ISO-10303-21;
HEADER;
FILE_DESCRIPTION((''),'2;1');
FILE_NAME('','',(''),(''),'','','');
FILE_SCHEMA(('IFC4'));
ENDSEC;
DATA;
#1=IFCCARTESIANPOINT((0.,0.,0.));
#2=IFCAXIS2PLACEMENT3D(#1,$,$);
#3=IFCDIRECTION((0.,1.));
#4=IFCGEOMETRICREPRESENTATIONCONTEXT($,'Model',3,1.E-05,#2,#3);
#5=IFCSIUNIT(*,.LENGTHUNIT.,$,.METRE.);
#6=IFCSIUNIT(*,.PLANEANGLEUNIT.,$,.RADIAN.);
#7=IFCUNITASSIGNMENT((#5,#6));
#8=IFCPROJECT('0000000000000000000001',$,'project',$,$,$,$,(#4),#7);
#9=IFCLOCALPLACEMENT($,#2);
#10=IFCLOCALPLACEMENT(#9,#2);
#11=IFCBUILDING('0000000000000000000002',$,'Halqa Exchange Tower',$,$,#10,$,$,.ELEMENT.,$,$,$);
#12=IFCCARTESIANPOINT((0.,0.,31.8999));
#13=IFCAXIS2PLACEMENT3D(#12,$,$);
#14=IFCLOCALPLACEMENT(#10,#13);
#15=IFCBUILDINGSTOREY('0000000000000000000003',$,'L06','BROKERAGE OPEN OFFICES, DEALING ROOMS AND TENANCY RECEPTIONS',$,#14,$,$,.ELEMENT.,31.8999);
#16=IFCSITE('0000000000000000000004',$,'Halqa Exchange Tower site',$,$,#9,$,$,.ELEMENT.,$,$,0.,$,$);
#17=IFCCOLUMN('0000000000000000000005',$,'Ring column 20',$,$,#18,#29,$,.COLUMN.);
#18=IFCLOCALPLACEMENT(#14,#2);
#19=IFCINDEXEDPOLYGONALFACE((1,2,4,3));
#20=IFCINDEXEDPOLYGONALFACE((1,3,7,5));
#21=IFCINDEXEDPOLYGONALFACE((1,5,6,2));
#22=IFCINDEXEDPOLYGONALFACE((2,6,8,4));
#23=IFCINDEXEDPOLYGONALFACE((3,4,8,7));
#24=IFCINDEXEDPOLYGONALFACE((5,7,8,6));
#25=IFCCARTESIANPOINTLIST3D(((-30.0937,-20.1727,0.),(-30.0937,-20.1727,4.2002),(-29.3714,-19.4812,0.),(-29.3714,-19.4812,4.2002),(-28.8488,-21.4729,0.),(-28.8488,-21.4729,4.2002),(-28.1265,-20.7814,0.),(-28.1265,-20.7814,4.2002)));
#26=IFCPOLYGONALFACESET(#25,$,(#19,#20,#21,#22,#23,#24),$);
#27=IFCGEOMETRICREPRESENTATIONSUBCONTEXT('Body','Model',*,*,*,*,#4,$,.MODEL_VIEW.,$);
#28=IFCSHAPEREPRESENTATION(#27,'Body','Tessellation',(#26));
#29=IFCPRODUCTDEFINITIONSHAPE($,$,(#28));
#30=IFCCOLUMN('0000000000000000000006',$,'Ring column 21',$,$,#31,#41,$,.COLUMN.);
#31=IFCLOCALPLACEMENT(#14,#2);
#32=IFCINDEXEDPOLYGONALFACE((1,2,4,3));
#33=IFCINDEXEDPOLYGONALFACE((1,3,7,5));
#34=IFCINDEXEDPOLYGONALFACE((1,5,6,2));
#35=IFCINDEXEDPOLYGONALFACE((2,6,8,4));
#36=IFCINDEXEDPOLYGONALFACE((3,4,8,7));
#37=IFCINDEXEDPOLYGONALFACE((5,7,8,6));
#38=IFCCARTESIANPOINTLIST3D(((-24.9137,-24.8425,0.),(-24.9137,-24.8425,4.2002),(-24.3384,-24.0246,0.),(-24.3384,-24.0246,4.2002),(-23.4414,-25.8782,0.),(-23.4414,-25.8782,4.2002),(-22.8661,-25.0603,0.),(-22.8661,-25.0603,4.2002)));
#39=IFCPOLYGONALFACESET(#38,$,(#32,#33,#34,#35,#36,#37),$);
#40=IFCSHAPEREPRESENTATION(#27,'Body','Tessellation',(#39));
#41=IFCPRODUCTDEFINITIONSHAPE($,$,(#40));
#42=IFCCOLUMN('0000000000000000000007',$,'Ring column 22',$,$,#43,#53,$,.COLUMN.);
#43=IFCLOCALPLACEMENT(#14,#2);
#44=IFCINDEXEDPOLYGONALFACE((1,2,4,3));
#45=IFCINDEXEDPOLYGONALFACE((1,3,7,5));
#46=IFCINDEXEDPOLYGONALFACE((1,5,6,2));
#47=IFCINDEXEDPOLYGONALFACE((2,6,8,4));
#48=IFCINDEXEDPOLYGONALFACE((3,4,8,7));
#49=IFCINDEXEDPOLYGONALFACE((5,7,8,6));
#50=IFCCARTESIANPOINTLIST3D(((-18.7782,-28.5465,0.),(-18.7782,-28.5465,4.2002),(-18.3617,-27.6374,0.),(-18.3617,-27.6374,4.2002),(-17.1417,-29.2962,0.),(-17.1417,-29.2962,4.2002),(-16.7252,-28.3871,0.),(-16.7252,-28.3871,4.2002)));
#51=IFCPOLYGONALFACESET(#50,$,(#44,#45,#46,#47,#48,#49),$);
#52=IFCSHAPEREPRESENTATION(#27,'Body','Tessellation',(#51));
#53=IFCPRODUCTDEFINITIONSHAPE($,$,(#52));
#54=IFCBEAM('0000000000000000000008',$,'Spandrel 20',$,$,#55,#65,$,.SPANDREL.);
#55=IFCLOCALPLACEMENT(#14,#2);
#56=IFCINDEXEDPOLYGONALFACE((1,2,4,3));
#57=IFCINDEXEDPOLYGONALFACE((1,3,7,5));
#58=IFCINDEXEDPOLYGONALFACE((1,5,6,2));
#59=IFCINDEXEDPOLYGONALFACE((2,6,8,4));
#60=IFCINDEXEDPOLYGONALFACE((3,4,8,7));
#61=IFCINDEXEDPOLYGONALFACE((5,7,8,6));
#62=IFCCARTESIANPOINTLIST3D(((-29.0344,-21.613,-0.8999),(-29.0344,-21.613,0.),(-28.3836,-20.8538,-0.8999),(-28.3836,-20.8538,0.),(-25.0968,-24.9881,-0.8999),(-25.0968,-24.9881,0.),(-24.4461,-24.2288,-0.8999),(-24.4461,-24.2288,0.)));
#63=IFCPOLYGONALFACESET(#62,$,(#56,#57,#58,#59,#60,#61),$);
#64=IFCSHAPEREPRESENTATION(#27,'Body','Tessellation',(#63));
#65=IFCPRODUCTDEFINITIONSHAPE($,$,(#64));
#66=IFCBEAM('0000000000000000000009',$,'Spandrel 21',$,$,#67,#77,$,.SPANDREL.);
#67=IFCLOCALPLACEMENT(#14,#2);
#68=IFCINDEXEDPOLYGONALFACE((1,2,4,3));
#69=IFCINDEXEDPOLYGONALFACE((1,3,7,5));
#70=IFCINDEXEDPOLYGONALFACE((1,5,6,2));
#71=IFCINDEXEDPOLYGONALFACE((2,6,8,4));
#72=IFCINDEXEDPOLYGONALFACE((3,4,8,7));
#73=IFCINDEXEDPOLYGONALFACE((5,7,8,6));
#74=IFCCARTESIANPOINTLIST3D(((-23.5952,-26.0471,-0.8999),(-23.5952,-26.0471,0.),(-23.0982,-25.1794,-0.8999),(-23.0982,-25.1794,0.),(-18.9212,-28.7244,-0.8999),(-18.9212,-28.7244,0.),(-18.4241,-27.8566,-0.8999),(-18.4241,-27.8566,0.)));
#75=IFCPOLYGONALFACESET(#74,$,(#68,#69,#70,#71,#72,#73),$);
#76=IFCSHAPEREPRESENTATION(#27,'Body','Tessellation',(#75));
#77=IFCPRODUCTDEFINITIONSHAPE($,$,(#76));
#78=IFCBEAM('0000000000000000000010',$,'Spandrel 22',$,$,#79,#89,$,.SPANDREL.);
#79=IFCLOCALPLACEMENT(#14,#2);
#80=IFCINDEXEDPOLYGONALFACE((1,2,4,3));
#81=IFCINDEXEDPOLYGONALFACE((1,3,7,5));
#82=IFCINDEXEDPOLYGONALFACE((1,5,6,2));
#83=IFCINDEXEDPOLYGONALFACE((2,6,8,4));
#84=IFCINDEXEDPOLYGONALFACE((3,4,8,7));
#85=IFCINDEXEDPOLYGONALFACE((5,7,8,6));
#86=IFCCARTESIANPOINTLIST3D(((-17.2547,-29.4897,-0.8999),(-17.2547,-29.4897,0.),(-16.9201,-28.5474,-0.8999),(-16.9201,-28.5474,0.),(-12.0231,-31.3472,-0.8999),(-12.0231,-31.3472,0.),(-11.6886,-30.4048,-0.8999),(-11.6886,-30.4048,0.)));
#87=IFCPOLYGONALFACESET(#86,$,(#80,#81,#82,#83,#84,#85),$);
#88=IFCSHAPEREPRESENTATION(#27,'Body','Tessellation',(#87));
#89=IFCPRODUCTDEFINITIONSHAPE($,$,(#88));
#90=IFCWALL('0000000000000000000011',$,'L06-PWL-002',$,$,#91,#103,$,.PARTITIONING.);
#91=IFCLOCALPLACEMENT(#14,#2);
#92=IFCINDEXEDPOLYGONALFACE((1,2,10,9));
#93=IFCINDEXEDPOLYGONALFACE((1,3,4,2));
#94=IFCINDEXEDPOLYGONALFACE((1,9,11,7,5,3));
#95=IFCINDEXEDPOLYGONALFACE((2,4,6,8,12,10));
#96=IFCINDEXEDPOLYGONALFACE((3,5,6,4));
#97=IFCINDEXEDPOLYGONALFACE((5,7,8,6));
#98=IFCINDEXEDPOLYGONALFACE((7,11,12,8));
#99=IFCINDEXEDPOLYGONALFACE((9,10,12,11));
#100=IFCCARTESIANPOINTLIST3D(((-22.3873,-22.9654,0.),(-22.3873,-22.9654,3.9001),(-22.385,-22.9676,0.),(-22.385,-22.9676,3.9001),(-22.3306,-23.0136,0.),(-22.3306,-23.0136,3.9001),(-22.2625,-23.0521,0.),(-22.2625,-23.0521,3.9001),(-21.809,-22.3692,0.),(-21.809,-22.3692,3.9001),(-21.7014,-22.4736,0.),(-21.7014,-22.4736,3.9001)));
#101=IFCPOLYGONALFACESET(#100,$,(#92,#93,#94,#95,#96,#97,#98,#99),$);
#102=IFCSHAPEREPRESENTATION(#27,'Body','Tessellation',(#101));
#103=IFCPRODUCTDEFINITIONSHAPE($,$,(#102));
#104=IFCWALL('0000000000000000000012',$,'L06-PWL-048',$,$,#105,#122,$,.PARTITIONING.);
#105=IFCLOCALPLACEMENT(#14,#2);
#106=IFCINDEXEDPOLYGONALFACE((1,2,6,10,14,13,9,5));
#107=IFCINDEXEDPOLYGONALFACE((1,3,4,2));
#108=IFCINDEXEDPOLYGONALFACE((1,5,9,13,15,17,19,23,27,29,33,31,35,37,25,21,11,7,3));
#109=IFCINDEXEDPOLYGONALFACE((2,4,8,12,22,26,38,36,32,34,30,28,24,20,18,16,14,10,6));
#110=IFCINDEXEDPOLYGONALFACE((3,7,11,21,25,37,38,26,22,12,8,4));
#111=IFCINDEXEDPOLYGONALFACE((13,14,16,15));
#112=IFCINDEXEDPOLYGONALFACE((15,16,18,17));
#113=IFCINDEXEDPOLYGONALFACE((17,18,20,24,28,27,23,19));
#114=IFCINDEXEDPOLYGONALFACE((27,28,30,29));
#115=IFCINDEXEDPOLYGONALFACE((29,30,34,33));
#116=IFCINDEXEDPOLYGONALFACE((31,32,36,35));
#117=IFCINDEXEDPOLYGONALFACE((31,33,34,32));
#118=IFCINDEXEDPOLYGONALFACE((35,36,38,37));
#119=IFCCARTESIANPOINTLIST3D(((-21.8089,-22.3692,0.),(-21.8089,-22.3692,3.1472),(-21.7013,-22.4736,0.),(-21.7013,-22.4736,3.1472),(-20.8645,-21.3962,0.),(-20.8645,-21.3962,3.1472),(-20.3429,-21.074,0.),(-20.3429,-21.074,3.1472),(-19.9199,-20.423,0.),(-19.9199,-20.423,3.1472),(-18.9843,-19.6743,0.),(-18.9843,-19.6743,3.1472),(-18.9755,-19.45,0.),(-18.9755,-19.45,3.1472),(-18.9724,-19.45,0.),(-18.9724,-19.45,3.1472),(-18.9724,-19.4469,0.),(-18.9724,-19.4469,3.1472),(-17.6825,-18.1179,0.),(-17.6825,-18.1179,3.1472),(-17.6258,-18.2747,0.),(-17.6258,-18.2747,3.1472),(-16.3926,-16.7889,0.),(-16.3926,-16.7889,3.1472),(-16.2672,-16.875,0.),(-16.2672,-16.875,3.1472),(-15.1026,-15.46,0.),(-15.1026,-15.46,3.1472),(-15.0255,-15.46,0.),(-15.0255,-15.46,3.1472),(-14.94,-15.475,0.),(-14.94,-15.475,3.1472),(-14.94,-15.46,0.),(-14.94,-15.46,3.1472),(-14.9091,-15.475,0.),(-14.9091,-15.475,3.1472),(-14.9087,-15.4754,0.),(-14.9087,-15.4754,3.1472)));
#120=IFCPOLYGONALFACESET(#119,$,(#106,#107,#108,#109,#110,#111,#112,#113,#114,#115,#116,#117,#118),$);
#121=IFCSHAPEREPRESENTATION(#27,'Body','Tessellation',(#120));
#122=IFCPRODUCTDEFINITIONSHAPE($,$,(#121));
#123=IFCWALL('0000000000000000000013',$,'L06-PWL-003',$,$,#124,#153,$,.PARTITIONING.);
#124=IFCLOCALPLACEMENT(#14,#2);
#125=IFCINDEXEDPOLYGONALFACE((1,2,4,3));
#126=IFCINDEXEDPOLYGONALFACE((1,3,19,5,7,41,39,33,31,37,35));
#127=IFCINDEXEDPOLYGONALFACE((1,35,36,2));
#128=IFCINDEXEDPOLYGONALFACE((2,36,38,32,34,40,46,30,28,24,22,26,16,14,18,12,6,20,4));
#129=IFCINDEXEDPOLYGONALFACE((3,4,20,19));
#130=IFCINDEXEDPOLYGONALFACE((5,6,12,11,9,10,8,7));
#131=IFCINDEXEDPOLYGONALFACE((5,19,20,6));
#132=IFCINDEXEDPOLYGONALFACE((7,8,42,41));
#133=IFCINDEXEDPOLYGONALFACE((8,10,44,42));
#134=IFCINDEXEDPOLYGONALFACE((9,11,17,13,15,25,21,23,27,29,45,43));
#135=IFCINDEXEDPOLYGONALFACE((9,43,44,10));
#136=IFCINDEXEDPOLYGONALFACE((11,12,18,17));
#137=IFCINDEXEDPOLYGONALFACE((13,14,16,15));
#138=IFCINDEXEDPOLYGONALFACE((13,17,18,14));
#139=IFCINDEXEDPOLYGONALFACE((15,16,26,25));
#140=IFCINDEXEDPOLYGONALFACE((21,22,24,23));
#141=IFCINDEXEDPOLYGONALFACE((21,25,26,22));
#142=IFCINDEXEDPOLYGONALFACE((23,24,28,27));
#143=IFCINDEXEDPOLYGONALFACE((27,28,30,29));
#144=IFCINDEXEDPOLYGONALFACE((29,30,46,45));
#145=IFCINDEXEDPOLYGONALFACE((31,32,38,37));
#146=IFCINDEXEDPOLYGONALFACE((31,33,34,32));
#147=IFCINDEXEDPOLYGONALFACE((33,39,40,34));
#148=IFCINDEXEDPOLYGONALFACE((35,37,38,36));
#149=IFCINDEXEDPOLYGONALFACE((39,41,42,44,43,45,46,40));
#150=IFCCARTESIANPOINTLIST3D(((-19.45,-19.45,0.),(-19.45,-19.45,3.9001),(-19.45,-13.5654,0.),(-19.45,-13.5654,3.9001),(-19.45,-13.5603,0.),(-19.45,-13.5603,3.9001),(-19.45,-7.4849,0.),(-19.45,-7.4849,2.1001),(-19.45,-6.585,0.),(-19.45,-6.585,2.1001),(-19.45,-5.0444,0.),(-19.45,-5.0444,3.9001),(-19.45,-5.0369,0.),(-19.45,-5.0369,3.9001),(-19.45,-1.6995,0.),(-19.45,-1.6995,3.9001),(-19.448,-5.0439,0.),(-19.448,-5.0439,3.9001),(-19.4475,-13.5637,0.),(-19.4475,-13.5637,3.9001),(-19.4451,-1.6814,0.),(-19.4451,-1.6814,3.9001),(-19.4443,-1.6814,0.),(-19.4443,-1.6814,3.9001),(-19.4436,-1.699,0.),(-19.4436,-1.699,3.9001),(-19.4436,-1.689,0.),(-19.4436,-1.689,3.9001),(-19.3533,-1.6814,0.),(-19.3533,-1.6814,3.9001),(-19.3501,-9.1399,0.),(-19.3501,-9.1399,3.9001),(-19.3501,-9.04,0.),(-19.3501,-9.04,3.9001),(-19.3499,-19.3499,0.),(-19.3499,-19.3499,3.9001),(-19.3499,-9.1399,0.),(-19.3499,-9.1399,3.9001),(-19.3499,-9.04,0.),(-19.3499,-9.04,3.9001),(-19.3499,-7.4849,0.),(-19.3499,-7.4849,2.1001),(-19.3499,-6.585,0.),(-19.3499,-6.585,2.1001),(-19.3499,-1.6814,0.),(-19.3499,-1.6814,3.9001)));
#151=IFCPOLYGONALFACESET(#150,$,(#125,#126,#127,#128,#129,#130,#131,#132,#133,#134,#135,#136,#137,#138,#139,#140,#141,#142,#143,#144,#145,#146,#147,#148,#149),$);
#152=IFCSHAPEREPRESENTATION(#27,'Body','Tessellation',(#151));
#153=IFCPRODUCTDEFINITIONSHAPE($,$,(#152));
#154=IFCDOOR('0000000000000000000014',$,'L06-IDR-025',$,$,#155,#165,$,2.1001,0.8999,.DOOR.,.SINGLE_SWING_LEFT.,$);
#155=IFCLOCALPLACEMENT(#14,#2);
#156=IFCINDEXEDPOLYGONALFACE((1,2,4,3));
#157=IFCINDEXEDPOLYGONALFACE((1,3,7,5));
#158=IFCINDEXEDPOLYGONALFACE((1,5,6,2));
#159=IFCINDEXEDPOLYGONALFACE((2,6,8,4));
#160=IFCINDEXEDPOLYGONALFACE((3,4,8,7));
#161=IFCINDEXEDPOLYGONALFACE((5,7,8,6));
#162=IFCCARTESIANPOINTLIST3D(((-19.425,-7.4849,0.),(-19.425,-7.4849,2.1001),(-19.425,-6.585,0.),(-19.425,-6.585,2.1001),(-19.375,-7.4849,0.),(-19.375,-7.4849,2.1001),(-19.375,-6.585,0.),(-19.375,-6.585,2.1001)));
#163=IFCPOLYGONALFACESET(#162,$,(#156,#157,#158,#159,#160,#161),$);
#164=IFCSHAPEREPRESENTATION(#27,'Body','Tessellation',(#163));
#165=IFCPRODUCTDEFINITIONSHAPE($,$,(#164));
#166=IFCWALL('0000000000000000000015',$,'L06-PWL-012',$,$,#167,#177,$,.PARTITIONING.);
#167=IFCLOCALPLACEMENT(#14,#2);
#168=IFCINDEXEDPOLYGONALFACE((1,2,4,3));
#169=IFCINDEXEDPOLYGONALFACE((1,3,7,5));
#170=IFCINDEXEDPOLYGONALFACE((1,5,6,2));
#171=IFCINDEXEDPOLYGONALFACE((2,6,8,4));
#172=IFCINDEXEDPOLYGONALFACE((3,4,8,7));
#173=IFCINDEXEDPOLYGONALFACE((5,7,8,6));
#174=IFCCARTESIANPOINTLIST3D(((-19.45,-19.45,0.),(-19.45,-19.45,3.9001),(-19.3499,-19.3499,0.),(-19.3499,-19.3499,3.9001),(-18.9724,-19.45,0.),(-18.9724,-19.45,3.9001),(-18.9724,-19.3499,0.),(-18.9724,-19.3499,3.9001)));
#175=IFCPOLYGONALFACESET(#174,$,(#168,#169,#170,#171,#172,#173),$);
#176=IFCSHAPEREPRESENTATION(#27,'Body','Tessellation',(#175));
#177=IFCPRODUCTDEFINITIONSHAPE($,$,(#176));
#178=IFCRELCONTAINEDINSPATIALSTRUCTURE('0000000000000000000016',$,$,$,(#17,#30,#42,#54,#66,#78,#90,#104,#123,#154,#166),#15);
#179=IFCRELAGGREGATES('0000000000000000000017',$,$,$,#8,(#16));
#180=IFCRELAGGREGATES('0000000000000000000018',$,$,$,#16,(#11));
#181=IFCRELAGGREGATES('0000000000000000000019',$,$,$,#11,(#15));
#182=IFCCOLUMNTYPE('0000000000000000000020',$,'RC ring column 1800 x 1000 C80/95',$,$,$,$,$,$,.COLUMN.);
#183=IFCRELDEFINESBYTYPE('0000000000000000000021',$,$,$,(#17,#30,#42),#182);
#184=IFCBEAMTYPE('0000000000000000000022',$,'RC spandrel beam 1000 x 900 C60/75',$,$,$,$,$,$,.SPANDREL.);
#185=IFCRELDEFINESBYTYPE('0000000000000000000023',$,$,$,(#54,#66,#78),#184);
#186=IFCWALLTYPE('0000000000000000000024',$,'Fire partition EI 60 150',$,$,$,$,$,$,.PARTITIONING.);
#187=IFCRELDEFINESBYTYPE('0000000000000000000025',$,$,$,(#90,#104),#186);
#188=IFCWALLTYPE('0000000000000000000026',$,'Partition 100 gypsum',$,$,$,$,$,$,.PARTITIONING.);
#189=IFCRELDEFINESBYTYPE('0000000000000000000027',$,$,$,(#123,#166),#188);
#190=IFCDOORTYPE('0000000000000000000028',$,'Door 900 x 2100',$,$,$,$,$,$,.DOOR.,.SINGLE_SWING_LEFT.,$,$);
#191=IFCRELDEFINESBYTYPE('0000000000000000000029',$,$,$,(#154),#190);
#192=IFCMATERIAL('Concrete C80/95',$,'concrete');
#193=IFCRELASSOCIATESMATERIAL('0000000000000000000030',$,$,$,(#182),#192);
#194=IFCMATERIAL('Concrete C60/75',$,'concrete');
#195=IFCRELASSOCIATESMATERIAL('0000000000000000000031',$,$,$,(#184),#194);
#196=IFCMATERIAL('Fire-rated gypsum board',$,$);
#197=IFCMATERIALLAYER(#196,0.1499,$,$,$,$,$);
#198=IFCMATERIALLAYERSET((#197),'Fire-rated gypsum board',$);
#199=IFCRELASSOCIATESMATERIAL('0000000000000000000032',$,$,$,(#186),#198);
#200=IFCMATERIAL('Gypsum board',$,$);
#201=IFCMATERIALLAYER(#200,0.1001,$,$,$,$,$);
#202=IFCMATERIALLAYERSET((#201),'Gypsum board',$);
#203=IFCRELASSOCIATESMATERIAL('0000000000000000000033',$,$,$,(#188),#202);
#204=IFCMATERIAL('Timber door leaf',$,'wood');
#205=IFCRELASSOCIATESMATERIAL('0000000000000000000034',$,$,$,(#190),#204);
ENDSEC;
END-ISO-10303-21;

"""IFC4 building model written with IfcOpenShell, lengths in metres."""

from ifc_helpers import new_model, si_unit, direction, frame, frame_2d, origin, origin_2d, place, context, subcontext, project, spatial, polyline, rectangle, outline, extrude, material, layer, layer_set, material_profile, profile_set, type_object, element, fill, save


model = new_model("IFC4")

# Units and contexts
model_context = context("Model", 3, precision=1e-05, world=origin(), true_north=direction((0.0, 1.0)))
body_context = subcontext(model_context, "Body", "Model", "MODEL_VIEW")
ifc_project = project(units=[si_unit("LENGTHUNIT", "METRE"), si_unit("PLANEANGLEUNIT", "RADIAN")], contexts=[model_context])

# Site, building, storey
site_placement = place(None, origin())
site = spatial("IfcSite", under=ifc_project, at=site_placement, Name="Halqa Exchange Tower site", CompositionType="ELEMENT", RefElevation=0.0)
building_placement = place(site_placement, origin())
building = spatial("IfcBuilding", under=site, at=building_placement, Name="Halqa Exchange Tower", CompositionType="ELEMENT")
storey_placement = place(building_placement, frame((0.0, 0.0, 31.8999)))
storey = spatial("IfcBuildingStorey", under=building, at=storey_placement, Name="L06", Description="BROKERAGE OPEN OFFICES, DEALING ROOMS AND TENANCY RECEPTIONS", CompositionType="ELEMENT", Elevation=31.8999)

# Columns
ifc_material_1 = material(Name="Concrete C80/95", Category="concrete")
ifc_material_profile_1 = material_profile(ifc_material_1, rectangle(XDim=1.8, YDim=1.0, at=origin_2d()), Name="1800 x 1000")
ifc_profile_set_1 = profile_set([ifc_material_profile_1], Name="Concrete C80/95")
column_type = type_object("IfcColumnType", Name="RC ring column 1800 x 1000 C80/95", PredefinedType="COLUMN", material=ifc_profile_set_1)
for number, where, z_axis, x_axis, name in (
    (1, (-29.1101, -20.4771, 0.0), (0.0, 0.0, 1.0), (0.691575, -0.722305, 0.0), "Ring column 20"),
    (2, (-23.8899, -24.9514, 0.0), (0.0, 0.0, 1.0), (0.817912, -0.575344, 0.0), "Ring column 21"),
    (3, (-17.7517, -28.4668, 0.0), (0.0, 0.0, 1.0), (0.909128, -0.416517, 0.0), "Ring column 22"),
):
    element("IfcColumn", number, at=place(storey_placement, frame(where, z_axis=z_axis, x_axis=x_axis)), inside=storey, type_object=column_type, Name=name, PredefinedType="COLUMN", context=body_context, shape_type="SweptSolid", body=[
        extrude(rectangle(XDim=1.8, YDim=1.0, at=origin_2d()), origin(), (0.0, 0.0, 1.0), 4.2002),
    ])

# Beams
ifc_material_2 = material(Name="Concrete C60/75", Category="concrete")
ifc_material_profile_2 = material_profile(ifc_material_2, rectangle(XDim=1.0, YDim=0.8999, at=origin_2d()), Name="1000 x 900")
ifc_profile_set_2 = profile_set([ifc_material_profile_2], Name="Concrete C60/75")
beam_type = type_object("IfcBeamType", Name="RC spandrel beam 1000 x 900 C60/75", PredefinedType="SPANDREL", material=ifc_profile_set_2)
beam_1_placement = place(storey_placement, frame((-28.709, -21.2334, -0.45), z_axis=(0.759257, -0.650791, 0.0), x_axis=(0.650791, 0.759257, 0.0)))
element("IfcBeam", 4, at=beam_1_placement, inside=storey, type_object=beam_type, Name="Spandrel 20", PredefinedType="SPANDREL", context=body_context, shape_type="SweptSolid", body=[
    extrude(rectangle(XDim=1.0, YDim=0.8999, at=origin_2d()), origin(), (0.0, 0.0, 1.0), 5.186),
])
beam_2_placement = place(storey_placement, frame((-23.3467, -25.6133, -0.45), z_axis=(0.867735, -0.497027, 0.0), x_axis=(0.497027, 0.867735, 0.0)))
element("IfcBeam", 5, at=beam_2_placement, inside=storey, type_object=beam_type, Name="Spandrel 21", PredefinedType="SPANDREL", context=body_context, shape_type="SweptSolid", body=[
    extrude(rectangle(XDim=1.0, YDim=0.8999, at=origin_2d()), origin(), (0.0, 0.0, 1.0), 5.3865),
])
beam_3_placement = place(storey_placement, frame((-17.0874, -29.0186, -0.45), z_axis=(0.942365, -0.334586, 0.0), x_axis=(0.334586, 0.942365, 0.0)))
element("IfcBeam", 6, at=beam_3_placement, inside=storey, type_object=beam_type, Name="Spandrel 22", PredefinedType="SPANDREL", context=body_context, shape_type="SweptSolid", body=[
    extrude(rectangle(XDim=1.0, YDim=0.8999, at=origin_2d()), origin(), (0.0, 0.0, 1.0), 5.5515),
])

# Walls
ifc_material_3 = material(Name="Fire-rated gypsum board")
ifc_layer_1 = layer(ifc_material_3, 0.1499)
ifc_layer_set_1 = layer_set([ifc_layer_1], Name="Fire-rated gypsum board")
wall_type_1 = type_object("IfcWallType", Name="Fire partition EI 60 150", PredefinedType="PARTITIONING", material=ifc_layer_set_1)
wall_1_placement = place(storey_placement, frame((-22.3335, -23.0176, 0.0), z_axis=(0.0, 0.0, 1.0), x_axis=(0.696297, 0.717753, 0.0)))
element("IfcWall", 7, at=wall_1_placement, inside=storey, type_object=wall_type_1, Name="L06-PWL-002", PredefinedType="PARTITIONING", context=body_context, shape_type="SweptSolid", body=[
    extrude(outline(polyline([(0.0, 0.075), (0.0, 0.0718), (0.0049, 0.0007), (0.0247, -0.075), (0.8306, -0.075), (0.8306, 0.075), (0.0, 0.075)])), origin(), (0.0, 0.0, 1.0), 3.9001),
])
wall_2_placement = place(storey_placement, frame((-21.7551, -22.4214, 0.0), z_axis=(0.0, 0.0, 1.0), x_axis=(0.696489, 0.717567, 0.0)))
element("IfcWall", 8, at=wall_2_placement, inside=storey, type_object=wall_type_1, Name="L06-PWL-048", PredefinedType="PARTITIONING", context=body_context, shape_type="SweptSolid", body=[
    extrude(outline(polyline([(9.7527, -0.075), (9.7527, -0.0745), (9.7312, -0.0522), (9.7419, -0.0417), (9.6824, 0.0195), (9.6824, 0.0195), (9.6287, 0.075), (7.7766, 0.075), (5.9246, 0.075), (4.0725, 0.075), (4.0703, 0.0728), (4.0681, 0.075), (2.7122, 0.075), (1.356, 0.075), (0.0, 0.075), (0.0, -0.075), (1.9504, -0.075), (3.9011, -0.075), (5.8516, -0.075), (7.8022, -0.075), (9.7527, -0.075)])), origin(), (0.0, 0.0, 1.0), 3.1472),
])

# Wall, opening, door
ifc_material_4 = material(Name="Gypsum board")
ifc_layer_2 = layer(ifc_material_4, 0.1001)
ifc_layer_set_2 = layer_set([ifc_layer_2], Name="Gypsum board")
wall_type_2 = type_object("IfcWallType", Name="Partition 100 gypsum", PredefinedType="PARTITIONING", material=ifc_layer_set_2)
wall_3_placement = place(storey_placement, frame((-19.3999, -19.45, 0.0), z_axis=(0.0, 0.0, 1.0), x_axis=(0.0, 1.0, 0.0)))
wall_3 = element("IfcWall", 9, at=wall_3_placement, inside=storey, type_object=wall_type_2, Name="L06-PWL-003", PredefinedType="PARTITIONING", context=body_context, shape_type="SweptSolid", body=[
    extrude(outline(polyline([(0.1001, -0.05), (1.8018, -0.05), (3.5034, -0.05), (5.2051, -0.05), (6.9067, -0.05), (8.6084, -0.05), (10.3101, -0.05), (10.3101, -0.0498), (10.4099, -0.0498), (10.4099, -0.05), (12.2495, -0.05), (14.0894, -0.05), (15.929, -0.05), (17.7686, -0.05), (17.7686, -0.0466), (17.761, 0.0437), (17.7686, 0.0444), (17.7686, 0.0452), (17.751, 0.0437), (17.7505, 0.05), (16.0818, 0.05), (14.4131, 0.05), (14.406, 0.0481), (14.4055, 0.05), (12.7024, 0.05), (10.9993, 0.05), (9.2959, 0.05), (7.5928, 0.05), (5.8896, 0.05), (5.8862, 0.0476), (5.8845, 0.05), (3.9229, 0.05), (1.9614, 0.05), (0.0, 0.05), (0.0999, -0.0498), (0.1001, -0.05)])), origin(), (0.0, 0.0, 1.0), 3.9001),
])
opening_1_placement = place(wall_3_placement, frame((11.9651, 0.0, 0.0)))
opening_1 = element("IfcOpeningElement", 10, at=opening_1_placement, cuts=wall_3, PredefinedType="OPENING", context=body_context, shape_type="SweptSolid", body=[
    extrude(rectangle(XDim=0.8999, YDim=2.1001, at=frame_2d((0.45, 1.05))), frame((0.0, 0.062, 0.0), z_axis=(0.0, -1.0, 0.0), x_axis=(1.0, 0.0, 0.0)), (0.0, 0.0, 1.0), 0.124),
])
ifc_material_5 = material(Name="Timber door leaf", Category="wood")
door_type_1 = type_object("IfcDoorType", Name="Door 900 x 2100", OperationType="SINGLE_SWING_LEFT", PredefinedType="DOOR", material=ifc_material_5)
door_1_placement = place(opening_1_placement, frame((0.8999, 0.0, 0.0), z_axis=(0.0, 0.0, 1.0), x_axis=(-1.0, 0.0, 0.0)))
door_1 = element("IfcDoor", 11, at=door_1_placement, inside=storey, type_object=door_type_1, Name="L06-IDR-025", OperationType="SINGLE_SWING_LEFT", OverallHeight=2.1001, OverallWidth=0.8999, PredefinedType="DOOR", context=body_context, shape_type="SweptSolid", body=[
    extrude(rectangle(XDim=0.8999, YDim=2.1001, at=frame_2d((0.45, 1.05))), frame((0.0, 0.0249, 0.0), z_axis=(0.0, -1.0, 0.0), x_axis=(1.0, 0.0, 0.0)), (0.0, 0.0, 1.0), 0.05),
])
fill(opening_1, door_1)

# Wall
wall_4_placement = place(storey_placement, frame((-18.9724, -19.3999, 0.0), z_axis=(0.0, 0.0, 1.0), x_axis=(-1.0, 0.0, 0.0)))
element("IfcWall", 12, at=wall_4_placement, inside=storey, type_object=wall_type_2, Name="L06-PWL-012", PredefinedType="PARTITIONING", context=body_context, shape_type="SweptSolid", body=[
    extrude(outline(polyline([(0.0, -0.05), (0.3774, -0.05), (0.4775, 0.05), (0.0, 0.05), (0.0, -0.05)])), origin(), (0.0, 0.0, 1.0), 3.9001),
])

save(model, "model.ifc")
